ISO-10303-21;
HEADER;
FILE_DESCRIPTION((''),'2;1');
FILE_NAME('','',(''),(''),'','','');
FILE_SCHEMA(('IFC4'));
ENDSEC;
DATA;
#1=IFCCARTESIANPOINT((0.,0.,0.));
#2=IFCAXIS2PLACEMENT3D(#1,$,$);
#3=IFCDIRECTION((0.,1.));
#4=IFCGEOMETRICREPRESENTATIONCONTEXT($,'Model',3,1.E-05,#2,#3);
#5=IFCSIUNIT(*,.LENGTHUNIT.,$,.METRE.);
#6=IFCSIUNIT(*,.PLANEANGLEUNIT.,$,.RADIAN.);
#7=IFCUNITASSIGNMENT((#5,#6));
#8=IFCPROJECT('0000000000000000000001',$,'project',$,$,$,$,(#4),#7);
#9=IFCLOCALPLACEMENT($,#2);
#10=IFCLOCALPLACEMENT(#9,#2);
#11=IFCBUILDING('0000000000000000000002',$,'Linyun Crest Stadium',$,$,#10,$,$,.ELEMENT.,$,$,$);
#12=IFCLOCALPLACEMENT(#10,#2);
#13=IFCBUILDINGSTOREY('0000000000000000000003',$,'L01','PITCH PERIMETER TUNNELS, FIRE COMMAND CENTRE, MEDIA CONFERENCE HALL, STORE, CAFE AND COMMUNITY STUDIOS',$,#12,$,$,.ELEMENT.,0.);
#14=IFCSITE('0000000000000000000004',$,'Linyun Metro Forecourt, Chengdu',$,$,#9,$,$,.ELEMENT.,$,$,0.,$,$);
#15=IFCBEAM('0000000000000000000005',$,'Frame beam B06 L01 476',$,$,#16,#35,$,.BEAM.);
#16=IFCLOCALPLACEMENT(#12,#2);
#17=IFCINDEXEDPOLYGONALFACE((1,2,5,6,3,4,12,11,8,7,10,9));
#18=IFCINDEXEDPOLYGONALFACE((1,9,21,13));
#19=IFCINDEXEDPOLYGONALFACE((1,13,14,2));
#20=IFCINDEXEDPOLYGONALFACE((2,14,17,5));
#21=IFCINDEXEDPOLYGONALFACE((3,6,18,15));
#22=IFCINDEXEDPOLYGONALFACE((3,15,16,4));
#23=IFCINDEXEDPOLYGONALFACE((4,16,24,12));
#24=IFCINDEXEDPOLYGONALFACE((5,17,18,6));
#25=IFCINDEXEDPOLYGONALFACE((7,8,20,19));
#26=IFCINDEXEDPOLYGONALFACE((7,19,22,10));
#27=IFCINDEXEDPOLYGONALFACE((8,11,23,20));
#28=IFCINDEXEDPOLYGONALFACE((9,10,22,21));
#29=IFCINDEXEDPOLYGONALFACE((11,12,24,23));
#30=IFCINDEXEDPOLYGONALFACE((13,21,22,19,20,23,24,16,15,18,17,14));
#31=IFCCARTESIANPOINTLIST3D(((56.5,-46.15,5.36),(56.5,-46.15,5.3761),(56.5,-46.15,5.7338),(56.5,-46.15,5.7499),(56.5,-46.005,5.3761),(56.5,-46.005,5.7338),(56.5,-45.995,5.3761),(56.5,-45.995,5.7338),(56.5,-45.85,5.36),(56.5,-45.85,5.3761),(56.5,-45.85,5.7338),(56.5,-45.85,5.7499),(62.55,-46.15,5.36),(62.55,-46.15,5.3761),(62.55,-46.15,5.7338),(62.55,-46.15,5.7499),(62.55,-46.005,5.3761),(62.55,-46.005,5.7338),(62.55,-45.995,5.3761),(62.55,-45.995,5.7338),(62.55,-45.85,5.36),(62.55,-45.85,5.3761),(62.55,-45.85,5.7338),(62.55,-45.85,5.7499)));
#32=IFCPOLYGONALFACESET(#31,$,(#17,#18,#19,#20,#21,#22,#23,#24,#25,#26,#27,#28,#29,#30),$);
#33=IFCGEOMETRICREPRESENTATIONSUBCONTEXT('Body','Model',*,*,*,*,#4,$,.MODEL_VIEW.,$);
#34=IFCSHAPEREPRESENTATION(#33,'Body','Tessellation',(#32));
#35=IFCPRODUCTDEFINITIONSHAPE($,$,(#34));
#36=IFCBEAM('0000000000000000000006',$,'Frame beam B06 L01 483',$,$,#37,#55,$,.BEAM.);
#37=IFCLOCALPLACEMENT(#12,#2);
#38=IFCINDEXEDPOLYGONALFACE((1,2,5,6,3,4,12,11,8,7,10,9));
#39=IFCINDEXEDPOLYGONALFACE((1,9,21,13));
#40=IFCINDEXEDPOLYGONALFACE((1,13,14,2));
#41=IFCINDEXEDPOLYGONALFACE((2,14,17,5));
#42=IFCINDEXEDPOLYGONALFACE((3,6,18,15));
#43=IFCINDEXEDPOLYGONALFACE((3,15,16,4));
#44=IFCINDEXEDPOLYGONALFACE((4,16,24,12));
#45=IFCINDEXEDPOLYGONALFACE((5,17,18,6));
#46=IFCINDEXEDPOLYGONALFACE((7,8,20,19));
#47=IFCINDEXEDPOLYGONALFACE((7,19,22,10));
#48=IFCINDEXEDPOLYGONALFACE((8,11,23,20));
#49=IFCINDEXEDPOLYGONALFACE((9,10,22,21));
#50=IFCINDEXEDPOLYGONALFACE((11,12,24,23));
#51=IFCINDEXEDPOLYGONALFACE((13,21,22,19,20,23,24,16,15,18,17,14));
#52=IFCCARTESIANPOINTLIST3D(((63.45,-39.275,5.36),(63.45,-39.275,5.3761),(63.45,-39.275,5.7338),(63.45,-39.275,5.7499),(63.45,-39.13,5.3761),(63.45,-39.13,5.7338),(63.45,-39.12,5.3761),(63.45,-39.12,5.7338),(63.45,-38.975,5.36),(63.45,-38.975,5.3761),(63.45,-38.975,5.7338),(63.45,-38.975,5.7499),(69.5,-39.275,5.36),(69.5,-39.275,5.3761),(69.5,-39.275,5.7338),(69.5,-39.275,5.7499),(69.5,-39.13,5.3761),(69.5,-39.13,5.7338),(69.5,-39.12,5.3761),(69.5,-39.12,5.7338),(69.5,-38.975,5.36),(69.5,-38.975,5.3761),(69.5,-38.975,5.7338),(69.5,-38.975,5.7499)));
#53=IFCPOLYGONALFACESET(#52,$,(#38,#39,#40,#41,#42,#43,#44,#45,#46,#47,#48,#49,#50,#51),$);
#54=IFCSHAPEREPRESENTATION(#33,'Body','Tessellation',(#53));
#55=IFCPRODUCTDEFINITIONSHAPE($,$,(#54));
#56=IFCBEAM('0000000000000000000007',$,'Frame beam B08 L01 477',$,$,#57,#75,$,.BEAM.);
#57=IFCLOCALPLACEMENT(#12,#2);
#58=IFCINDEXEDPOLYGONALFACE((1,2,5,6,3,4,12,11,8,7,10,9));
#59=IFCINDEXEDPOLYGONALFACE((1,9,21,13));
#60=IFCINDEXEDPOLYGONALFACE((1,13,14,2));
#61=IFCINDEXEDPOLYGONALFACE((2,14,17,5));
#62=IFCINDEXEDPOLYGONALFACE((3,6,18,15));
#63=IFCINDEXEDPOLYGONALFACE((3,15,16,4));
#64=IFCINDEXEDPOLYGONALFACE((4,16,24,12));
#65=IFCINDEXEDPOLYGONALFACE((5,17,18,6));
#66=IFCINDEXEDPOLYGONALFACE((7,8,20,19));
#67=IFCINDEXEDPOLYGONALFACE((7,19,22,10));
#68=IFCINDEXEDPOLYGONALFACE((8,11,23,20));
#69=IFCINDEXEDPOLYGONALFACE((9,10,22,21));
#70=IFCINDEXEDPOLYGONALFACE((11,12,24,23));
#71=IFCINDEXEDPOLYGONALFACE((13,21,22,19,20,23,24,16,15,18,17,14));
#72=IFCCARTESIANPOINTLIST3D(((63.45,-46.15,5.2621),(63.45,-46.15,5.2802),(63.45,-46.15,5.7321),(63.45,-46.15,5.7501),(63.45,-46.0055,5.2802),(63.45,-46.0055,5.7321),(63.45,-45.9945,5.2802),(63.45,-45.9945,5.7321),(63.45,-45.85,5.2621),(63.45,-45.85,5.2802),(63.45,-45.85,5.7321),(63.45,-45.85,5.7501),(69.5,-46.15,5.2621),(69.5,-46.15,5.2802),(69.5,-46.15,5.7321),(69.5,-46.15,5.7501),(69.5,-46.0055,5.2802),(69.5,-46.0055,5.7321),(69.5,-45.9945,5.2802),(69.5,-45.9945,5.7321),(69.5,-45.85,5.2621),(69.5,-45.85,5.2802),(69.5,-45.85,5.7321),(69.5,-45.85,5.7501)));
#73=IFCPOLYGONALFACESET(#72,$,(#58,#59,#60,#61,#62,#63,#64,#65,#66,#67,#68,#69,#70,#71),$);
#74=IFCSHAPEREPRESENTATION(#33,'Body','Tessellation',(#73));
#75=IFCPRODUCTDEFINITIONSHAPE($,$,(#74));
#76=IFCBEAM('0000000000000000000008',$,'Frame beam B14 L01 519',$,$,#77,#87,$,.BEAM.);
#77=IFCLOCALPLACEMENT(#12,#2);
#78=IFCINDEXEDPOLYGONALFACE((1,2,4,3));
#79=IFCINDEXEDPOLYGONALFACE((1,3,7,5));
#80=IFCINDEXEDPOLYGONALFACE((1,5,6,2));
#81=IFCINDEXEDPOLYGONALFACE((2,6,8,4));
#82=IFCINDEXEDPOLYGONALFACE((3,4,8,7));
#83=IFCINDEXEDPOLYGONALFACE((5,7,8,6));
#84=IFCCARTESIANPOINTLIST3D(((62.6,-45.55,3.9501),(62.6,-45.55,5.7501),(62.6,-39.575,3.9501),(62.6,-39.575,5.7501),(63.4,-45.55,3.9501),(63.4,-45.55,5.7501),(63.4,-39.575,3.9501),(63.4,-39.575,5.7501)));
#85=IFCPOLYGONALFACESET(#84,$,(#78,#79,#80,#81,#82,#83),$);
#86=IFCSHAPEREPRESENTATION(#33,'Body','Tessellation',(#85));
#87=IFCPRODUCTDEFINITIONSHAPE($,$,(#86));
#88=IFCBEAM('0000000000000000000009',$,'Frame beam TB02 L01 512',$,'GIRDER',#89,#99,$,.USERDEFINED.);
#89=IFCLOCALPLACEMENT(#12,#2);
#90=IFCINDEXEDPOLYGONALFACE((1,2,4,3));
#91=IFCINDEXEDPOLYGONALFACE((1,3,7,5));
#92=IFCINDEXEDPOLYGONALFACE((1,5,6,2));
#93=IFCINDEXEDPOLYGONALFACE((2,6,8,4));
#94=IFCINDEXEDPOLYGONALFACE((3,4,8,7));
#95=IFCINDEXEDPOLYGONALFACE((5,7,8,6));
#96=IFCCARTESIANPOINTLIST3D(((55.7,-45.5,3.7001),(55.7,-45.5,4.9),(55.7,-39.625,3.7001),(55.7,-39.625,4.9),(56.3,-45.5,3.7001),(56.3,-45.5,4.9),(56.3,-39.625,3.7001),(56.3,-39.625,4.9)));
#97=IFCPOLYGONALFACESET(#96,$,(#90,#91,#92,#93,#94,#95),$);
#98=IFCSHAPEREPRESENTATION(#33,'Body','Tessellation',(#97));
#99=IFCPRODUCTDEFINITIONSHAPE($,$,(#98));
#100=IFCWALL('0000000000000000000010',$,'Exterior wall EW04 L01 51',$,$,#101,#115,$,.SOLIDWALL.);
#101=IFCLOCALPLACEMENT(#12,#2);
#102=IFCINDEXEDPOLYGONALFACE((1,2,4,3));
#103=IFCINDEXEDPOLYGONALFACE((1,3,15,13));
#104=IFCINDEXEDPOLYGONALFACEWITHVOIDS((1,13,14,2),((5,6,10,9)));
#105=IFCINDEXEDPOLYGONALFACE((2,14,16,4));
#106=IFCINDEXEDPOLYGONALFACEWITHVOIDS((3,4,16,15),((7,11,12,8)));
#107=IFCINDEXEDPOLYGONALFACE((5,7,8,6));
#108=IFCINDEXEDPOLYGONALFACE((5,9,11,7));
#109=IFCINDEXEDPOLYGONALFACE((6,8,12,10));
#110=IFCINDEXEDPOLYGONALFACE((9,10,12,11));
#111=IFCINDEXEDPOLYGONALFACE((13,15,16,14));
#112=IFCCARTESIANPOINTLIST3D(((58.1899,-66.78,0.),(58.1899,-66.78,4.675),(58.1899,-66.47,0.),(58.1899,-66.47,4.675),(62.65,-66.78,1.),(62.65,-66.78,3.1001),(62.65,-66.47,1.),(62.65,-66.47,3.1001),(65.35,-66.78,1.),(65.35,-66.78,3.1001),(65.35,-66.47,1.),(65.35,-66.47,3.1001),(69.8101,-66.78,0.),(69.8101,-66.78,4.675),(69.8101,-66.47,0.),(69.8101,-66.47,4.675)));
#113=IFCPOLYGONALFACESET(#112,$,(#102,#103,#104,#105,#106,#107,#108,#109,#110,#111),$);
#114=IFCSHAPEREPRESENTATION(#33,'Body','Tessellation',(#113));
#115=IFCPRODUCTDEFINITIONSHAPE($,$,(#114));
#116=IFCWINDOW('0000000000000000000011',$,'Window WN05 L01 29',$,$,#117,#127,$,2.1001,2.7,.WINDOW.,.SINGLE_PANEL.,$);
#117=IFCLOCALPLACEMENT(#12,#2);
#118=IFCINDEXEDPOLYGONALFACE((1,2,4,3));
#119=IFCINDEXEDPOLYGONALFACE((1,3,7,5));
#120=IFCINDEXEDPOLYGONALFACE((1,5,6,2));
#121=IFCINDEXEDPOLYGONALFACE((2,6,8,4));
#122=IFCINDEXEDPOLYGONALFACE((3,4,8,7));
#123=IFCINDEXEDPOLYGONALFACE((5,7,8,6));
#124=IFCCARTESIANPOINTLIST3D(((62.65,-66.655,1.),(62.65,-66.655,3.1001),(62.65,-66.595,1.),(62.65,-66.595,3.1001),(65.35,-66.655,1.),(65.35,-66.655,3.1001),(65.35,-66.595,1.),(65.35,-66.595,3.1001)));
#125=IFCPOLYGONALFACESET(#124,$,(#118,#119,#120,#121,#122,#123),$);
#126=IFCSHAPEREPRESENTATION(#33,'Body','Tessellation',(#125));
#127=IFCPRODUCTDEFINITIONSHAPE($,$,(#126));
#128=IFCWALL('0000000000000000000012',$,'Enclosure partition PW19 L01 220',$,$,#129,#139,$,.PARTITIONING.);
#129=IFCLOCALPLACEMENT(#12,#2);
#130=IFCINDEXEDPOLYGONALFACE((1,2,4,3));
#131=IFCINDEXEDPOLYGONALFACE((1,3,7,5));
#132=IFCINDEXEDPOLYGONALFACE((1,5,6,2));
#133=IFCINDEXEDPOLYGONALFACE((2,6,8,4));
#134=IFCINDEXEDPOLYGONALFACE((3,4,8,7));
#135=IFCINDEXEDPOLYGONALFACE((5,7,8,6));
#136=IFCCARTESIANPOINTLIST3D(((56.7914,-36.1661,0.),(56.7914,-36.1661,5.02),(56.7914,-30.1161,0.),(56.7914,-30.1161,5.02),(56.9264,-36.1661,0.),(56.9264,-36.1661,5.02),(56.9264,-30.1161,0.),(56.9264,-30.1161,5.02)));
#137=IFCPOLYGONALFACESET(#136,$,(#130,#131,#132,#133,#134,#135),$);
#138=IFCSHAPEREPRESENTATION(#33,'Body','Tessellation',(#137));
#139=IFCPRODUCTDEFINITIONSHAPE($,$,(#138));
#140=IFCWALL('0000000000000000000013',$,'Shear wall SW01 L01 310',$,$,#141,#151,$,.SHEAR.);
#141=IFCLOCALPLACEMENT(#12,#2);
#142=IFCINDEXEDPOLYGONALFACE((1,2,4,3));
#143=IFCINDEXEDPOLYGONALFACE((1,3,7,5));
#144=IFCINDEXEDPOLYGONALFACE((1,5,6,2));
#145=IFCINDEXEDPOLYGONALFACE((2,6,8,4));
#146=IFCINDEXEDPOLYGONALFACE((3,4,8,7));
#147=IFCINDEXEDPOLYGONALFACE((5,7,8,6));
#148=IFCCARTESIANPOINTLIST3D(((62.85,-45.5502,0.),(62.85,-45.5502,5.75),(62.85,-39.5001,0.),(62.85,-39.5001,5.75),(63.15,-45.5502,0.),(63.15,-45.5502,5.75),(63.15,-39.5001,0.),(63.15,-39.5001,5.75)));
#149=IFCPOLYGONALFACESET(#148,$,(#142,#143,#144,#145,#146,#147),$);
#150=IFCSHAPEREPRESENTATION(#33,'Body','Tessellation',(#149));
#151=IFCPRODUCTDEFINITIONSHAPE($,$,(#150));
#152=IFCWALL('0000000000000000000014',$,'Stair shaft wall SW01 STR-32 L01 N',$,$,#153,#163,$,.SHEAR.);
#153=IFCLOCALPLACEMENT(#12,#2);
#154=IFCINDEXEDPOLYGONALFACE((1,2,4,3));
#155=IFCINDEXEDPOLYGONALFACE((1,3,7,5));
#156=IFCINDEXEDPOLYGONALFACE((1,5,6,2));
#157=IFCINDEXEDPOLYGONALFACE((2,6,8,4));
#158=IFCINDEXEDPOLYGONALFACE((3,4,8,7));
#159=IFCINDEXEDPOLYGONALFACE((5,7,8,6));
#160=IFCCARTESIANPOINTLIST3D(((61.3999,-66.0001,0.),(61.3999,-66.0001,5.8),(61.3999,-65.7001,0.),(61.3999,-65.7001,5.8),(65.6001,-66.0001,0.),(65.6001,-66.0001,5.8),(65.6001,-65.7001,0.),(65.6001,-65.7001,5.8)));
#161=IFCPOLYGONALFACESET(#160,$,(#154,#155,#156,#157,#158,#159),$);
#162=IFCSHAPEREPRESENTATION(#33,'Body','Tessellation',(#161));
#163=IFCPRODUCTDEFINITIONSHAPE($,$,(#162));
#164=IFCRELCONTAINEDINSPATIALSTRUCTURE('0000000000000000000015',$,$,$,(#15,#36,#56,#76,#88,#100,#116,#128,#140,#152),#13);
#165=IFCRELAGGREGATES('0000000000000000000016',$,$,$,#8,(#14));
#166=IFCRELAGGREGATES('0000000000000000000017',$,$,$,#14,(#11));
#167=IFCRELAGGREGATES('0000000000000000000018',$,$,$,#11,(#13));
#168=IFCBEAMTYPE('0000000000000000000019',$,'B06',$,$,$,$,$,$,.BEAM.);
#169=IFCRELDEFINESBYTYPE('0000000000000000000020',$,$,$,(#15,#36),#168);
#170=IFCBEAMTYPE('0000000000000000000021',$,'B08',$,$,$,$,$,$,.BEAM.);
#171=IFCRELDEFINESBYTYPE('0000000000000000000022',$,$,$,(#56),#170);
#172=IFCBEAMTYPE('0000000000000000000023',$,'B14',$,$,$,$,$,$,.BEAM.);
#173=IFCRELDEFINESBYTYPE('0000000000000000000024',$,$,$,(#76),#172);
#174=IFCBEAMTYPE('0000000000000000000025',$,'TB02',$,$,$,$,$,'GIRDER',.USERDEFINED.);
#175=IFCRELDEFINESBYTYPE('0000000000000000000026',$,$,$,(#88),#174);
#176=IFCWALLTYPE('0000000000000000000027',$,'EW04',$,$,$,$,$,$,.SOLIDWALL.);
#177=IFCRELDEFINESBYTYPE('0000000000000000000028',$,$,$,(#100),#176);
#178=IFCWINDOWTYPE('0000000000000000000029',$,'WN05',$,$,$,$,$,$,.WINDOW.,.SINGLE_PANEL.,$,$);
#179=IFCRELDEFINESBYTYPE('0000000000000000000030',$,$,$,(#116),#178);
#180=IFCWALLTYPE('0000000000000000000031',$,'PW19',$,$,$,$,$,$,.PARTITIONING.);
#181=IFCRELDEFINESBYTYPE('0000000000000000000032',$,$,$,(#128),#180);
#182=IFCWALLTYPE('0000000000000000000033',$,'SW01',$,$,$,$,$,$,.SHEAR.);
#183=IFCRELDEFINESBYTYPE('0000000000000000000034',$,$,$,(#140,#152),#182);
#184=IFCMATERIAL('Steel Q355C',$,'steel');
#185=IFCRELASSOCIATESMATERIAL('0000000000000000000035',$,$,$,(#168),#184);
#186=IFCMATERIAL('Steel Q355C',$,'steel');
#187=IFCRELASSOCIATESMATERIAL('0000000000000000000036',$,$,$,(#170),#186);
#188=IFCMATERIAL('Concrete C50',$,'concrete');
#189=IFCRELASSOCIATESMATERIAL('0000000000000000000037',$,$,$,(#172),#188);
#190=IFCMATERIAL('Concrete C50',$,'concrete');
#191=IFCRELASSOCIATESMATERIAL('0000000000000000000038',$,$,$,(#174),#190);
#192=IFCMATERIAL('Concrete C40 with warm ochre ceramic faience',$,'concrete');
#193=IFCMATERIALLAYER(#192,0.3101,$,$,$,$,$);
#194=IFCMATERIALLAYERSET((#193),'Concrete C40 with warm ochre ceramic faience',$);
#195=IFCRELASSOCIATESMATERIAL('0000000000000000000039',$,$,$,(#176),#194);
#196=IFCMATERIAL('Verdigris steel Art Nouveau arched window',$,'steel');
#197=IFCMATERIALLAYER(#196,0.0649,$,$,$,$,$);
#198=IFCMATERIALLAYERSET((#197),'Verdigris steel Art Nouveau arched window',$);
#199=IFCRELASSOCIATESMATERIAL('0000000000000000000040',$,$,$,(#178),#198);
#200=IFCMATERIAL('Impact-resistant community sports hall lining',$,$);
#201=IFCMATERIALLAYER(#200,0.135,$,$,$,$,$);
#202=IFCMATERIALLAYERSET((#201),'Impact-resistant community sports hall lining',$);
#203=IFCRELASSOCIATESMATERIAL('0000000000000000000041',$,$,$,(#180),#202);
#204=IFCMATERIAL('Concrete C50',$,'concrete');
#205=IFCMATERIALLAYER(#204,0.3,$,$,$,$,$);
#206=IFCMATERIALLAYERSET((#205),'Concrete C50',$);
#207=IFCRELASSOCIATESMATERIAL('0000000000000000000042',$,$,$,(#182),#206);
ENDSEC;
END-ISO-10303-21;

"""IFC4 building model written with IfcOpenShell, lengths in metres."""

from ifc_helpers import new_model, si_unit, direction, frame, frame_2d, origin, origin_2d, place, context, subcontext, project, spatial, rectangle, i_section, extrude, material, layer, layer_set, material_profile, profile_set, type_object, element, fill, save


model = new_model("IFC4")

# Units and contexts
model_context = context("Model", 3, precision=1e-05, world=origin(), true_north=direction((0.0, 1.0)))
body_context = subcontext(model_context, "Body", "Model", "MODEL_VIEW")
ifc_project = project(units=[si_unit("LENGTHUNIT", "METRE"), si_unit("PLANEANGLEUNIT", "RADIAN")], contexts=[model_context])

# Site, building, storey
site_placement = place(None, origin())
site = spatial("IfcSite", under=ifc_project, at=site_placement, Name="Linyun Metro Forecourt, Chengdu", CompositionType="ELEMENT", RefElevation=0.0)
building_placement = place(site_placement, origin())
building = spatial("IfcBuilding", under=site, at=building_placement, Name="Linyun Crest Stadium", CompositionType="ELEMENT")
storey_placement = place(building_placement, origin())
storey = spatial("IfcBuildingStorey", under=building, at=storey_placement, Name="L01", Description="PITCH PERIMETER TUNNELS, FIRE COMMAND CENTRE, MEDIA CONFERENCE HALL, STORE, CAFE AND COMMUNITY STUDIOS", CompositionType="ELEMENT", Elevation=0.0)

# Beams
ifc_material_1 = material(Name="Steel Q355C", Category="steel")
ifc_material_profile_1 = material_profile(ifc_material_1, i_section(OverallWidth=0.3, OverallDepth=0.3899, WebThickness=0.01, FlangeThickness=0.0161, at=origin_2d()), Name="HM 390x300")
ifc_profile_set_1 = profile_set([ifc_material_profile_1], Name="Steel Q355C")
beam_type_1 = type_object("IfcBeamType", Name="B06", PredefinedType="BEAM", material=ifc_profile_set_1)
for number, where, z_axis, x_axis, name in (
    (1, (56.5, -46.0, 5.5549), (1.0, 0.0, 0.0), (0.0, 1.0, 0.0), "Frame beam B06 L01 476"),
    (2, (63.45, -39.125, 5.5549), (1.0, 0.0, 0.0), (0.0, 1.0, 0.0), "Frame beam B06 L01 483"),
):
    element("IfcBeam", number, at=place(storey_placement, frame(where, z_axis=z_axis, x_axis=x_axis)), inside=storey, type_object=beam_type_1, Name=name, PredefinedType="BEAM", context=body_context, shape_type="SweptSolid", body=[
        extrude(i_section(OverallWidth=0.3, OverallDepth=0.3899, WebThickness=0.01, FlangeThickness=0.0161, at=origin_2d()), origin(), (0.0, 0.0, 1.0), 6.05),
    ])
ifc_material_2 = material(Name="Steel Q355C", Category="steel")
ifc_material_profile_2 = material_profile(ifc_material_2, i_section(OverallWidth=0.3, OverallDepth=0.488, WebThickness=0.011, FlangeThickness=0.0181, at=origin_2d()), Name="HM 488x300")
ifc_profile_set_2 = profile_set([ifc_material_profile_2], Name="Steel Q355C")
beam_type_2 = type_object("IfcBeamType", Name="B08", PredefinedType="BEAM", material=ifc_profile_set_2)
beam_1_placement = place(storey_placement, frame((63.45, -46.0, 5.5061), z_axis=(1.0, 0.0, 0.0), x_axis=(0.0, 1.0, 0.0)))
element("IfcBeam", 3, at=beam_1_placement, inside=storey, type_object=beam_type_2, Name="Frame beam B08 L01 477", PredefinedType="BEAM", context=body_context, shape_type="SweptSolid", body=[
    extrude(i_section(OverallWidth=0.3, OverallDepth=0.488, WebThickness=0.011, FlangeThickness=0.0181, at=origin_2d()), origin(), (0.0, 0.0, 1.0), 6.05),
])
ifc_material_3 = material(Name="Concrete C50", Category="concrete")
ifc_material_profile_3 = material_profile(ifc_material_3, rectangle(XDim=0.8, YDim=1.8, at=origin_2d()), Name="RCB 1800x800")
ifc_profile_set_3 = profile_set([ifc_material_profile_3], Name="Concrete C50")
beam_type_3 = type_object("IfcBeamType", Name="B14", PredefinedType="BEAM", material=ifc_profile_set_3)
beam_2_placement = place(storey_placement, frame((63.0, -45.55, 4.8501), z_axis=(0.0, 1.0, 0.0), x_axis=(-1.0, 0.0, 0.0)))
element("IfcBeam", 4, at=beam_2_placement, inside=storey, type_object=beam_type_3, Name="Frame beam B14 L01 519", PredefinedType="BEAM", context=body_context, shape_type="SweptSolid", body=[
    extrude(rectangle(XDim=0.8, YDim=1.8, at=origin_2d()), origin(), (0.0, 0.0, 1.0), 5.9751),
])
ifc_material_4 = material(Name="Concrete C50", Category="concrete")
ifc_material_profile_4 = material_profile(ifc_material_4, rectangle(XDim=0.6001, YDim=1.2, at=origin_2d()), Name="RCB 1200x600")
ifc_profile_set_4 = profile_set([ifc_material_profile_4], Name="Concrete C50")
beam_type_4 = type_object("IfcBeamType", Name="TB02", ElementType="GIRDER", PredefinedType="USERDEFINED", material=ifc_profile_set_4)
beam_3_placement = place(storey_placement, frame((56.0, -45.5, 4.3), z_axis=(0.0, 1.0, 0.0), x_axis=(-1.0, 0.0, 0.0)))
element("IfcBeam", 5, at=beam_3_placement, inside=storey, type_object=beam_type_4, Name="Frame beam TB02 L01 512", ObjectType="GIRDER", PredefinedType="USERDEFINED", context=body_context, shape_type="SweptSolid", body=[
    extrude(rectangle(XDim=0.6001, YDim=1.2, at=origin_2d()), origin(), (0.0, 0.0, 1.0), 5.875),
])

# Wall, opening, window
ifc_material_5 = material(Name="Concrete C40 with warm ochre ceramic faience", Category="concrete")
ifc_layer_1 = layer(ifc_material_5, 0.3101)
ifc_layer_set_1 = layer_set([ifc_layer_1], Name="Concrete C40 with warm ochre ceramic faience")
wall_type_1 = type_object("IfcWallType", Name="EW04", PredefinedType="SOLIDWALL", material=ifc_layer_set_1)
wall_1_placement = place(storey_placement, frame((58.1899, -66.625, 0.0), z_axis=(0.0, 0.0, 1.0), x_axis=(1.0, 0.0, 0.0)))
wall_1 = element("IfcWall", 6, at=wall_1_placement, inside=storey, type_object=wall_type_1, Name="Exterior wall EW04 L01 51", PredefinedType="SOLIDWALL", context=body_context, shape_type="SweptSolid", body=[
    extrude(rectangle(XDim=11.6201, YDim=0.3101, at=frame_2d((5.8101, 0.0))), origin(), (0.0, 0.0, 1.0), 4.675),
])
opening_placement = place(wall_1_placement, frame((4.46, 0.0, 1.0)))
opening = element("IfcOpeningElement", 7, at=opening_placement, cuts=wall_1, PredefinedType="OPENING", context=body_context, shape_type="SweptSolid", body=[
    extrude(rectangle(XDim=2.7, YDim=2.1001, at=frame_2d((1.3501, 1.05))), frame((0.0, 0.165, 0.0), z_axis=(0.0, -1.0, 0.0), x_axis=(1.0, 0.0, 0.0)), (0.0, 0.0, 1.0), 0.3301),
])
ifc_material_6 = material(Name="Verdigris steel Art Nouveau arched window", Category="steel")
ifc_layer_2 = layer(ifc_material_6, 0.0649)
ifc_layer_set_2 = layer_set([ifc_layer_2], Name="Verdigris steel Art Nouveau arched window")
window_type = type_object("IfcWindowType", Name="WN05", PartitioningType="SINGLE_PANEL", PredefinedType="WINDOW", material=ifc_layer_set_2)
window_placement = place(opening_placement, origin())
window = element("IfcWindow", 8, at=window_placement, inside=storey, type_object=window_type, Name="Window WN05 L01 29", OverallHeight=2.1001, OverallWidth=2.7, PartitioningType="SINGLE_PANEL", PredefinedType="WINDOW", context=body_context, shape_type="SweptSolid", body=[
    extrude(rectangle(XDim=2.7, YDim=2.1001, at=frame_2d((1.3501, 1.05))), frame((0.0, 0.03, 0.0), z_axis=(0.0, -1.0, 0.0), x_axis=(1.0, 0.0, 0.0)), (0.0, 0.0, 1.0), 0.0601),
])
fill(opening, window)

# Walls
ifc_material_7 = material(Name="Impact-resistant community sports hall lining")
ifc_layer_3 = layer(ifc_material_7, 0.135)
ifc_layer_set_3 = layer_set([ifc_layer_3], Name="Impact-resistant community sports hall lining")
wall_type_2 = type_object("IfcWallType", Name="PW19", PredefinedType="PARTITIONING", material=ifc_layer_set_3)
wall_2_placement = place(storey_placement, frame((56.8589, -36.166, 0.0), z_axis=(0.0, 0.0, 1.0), x_axis=(0.0, 1.0, 0.0)))
element("IfcWall", 9, at=wall_2_placement, inside=storey, type_object=wall_type_2, Name="Enclosure partition PW19 L01 220", PredefinedType="PARTITIONING", context=body_context, shape_type="SweptSolid", body=[
    extrude(rectangle(XDim=6.05, YDim=0.135, at=frame_2d((3.0249, 0.0))), origin(), (0.0, 0.0, 1.0), 5.02),
])
ifc_material_8 = material(Name="Concrete C50", Category="concrete")
ifc_layer_4 = layer(ifc_material_8, 0.3)
ifc_layer_set_4 = layer_set([ifc_layer_4], Name="Concrete C50")
wall_type_3 = type_object("IfcWallType", Name="SW01", PredefinedType="SHEAR", material=ifc_layer_set_4)
wall_3_placement = place(storey_placement, frame((63.0, -45.55, 0.0), z_axis=(0.0, 0.0, 1.0), x_axis=(0.0, 1.0, 0.0)))
element("IfcWall", 10, at=wall_3_placement, inside=storey, type_object=wall_type_3, Name="Shear wall SW01 L01 310", PredefinedType="SHEAR", context=body_context, shape_type="SweptSolid", body=[
    extrude(rectangle(XDim=6.05, YDim=0.3, at=frame_2d((3.0249, 0.0))), origin(), (0.0, 0.0, 1.0), 5.75),
])
wall_4_placement = place(storey_placement, frame((61.3999, -65.8501, 0.0), z_axis=(0.0, 0.0, 1.0), x_axis=(1.0, 0.0, 0.0)))
element("IfcWall", 11, at=wall_4_placement, inside=storey, type_object=wall_type_3, Name="Stair shaft wall SW01 STR-32 L01 N", PredefinedType="SHEAR", context=body_context, shape_type="SweptSolid", body=[
    extrude(rectangle(XDim=4.2002, YDim=0.3, at=frame_2d((2.1001, 0.0))), origin(), (0.0, 0.0, 1.0), 5.8),
])

save(model, "model.ifc")
